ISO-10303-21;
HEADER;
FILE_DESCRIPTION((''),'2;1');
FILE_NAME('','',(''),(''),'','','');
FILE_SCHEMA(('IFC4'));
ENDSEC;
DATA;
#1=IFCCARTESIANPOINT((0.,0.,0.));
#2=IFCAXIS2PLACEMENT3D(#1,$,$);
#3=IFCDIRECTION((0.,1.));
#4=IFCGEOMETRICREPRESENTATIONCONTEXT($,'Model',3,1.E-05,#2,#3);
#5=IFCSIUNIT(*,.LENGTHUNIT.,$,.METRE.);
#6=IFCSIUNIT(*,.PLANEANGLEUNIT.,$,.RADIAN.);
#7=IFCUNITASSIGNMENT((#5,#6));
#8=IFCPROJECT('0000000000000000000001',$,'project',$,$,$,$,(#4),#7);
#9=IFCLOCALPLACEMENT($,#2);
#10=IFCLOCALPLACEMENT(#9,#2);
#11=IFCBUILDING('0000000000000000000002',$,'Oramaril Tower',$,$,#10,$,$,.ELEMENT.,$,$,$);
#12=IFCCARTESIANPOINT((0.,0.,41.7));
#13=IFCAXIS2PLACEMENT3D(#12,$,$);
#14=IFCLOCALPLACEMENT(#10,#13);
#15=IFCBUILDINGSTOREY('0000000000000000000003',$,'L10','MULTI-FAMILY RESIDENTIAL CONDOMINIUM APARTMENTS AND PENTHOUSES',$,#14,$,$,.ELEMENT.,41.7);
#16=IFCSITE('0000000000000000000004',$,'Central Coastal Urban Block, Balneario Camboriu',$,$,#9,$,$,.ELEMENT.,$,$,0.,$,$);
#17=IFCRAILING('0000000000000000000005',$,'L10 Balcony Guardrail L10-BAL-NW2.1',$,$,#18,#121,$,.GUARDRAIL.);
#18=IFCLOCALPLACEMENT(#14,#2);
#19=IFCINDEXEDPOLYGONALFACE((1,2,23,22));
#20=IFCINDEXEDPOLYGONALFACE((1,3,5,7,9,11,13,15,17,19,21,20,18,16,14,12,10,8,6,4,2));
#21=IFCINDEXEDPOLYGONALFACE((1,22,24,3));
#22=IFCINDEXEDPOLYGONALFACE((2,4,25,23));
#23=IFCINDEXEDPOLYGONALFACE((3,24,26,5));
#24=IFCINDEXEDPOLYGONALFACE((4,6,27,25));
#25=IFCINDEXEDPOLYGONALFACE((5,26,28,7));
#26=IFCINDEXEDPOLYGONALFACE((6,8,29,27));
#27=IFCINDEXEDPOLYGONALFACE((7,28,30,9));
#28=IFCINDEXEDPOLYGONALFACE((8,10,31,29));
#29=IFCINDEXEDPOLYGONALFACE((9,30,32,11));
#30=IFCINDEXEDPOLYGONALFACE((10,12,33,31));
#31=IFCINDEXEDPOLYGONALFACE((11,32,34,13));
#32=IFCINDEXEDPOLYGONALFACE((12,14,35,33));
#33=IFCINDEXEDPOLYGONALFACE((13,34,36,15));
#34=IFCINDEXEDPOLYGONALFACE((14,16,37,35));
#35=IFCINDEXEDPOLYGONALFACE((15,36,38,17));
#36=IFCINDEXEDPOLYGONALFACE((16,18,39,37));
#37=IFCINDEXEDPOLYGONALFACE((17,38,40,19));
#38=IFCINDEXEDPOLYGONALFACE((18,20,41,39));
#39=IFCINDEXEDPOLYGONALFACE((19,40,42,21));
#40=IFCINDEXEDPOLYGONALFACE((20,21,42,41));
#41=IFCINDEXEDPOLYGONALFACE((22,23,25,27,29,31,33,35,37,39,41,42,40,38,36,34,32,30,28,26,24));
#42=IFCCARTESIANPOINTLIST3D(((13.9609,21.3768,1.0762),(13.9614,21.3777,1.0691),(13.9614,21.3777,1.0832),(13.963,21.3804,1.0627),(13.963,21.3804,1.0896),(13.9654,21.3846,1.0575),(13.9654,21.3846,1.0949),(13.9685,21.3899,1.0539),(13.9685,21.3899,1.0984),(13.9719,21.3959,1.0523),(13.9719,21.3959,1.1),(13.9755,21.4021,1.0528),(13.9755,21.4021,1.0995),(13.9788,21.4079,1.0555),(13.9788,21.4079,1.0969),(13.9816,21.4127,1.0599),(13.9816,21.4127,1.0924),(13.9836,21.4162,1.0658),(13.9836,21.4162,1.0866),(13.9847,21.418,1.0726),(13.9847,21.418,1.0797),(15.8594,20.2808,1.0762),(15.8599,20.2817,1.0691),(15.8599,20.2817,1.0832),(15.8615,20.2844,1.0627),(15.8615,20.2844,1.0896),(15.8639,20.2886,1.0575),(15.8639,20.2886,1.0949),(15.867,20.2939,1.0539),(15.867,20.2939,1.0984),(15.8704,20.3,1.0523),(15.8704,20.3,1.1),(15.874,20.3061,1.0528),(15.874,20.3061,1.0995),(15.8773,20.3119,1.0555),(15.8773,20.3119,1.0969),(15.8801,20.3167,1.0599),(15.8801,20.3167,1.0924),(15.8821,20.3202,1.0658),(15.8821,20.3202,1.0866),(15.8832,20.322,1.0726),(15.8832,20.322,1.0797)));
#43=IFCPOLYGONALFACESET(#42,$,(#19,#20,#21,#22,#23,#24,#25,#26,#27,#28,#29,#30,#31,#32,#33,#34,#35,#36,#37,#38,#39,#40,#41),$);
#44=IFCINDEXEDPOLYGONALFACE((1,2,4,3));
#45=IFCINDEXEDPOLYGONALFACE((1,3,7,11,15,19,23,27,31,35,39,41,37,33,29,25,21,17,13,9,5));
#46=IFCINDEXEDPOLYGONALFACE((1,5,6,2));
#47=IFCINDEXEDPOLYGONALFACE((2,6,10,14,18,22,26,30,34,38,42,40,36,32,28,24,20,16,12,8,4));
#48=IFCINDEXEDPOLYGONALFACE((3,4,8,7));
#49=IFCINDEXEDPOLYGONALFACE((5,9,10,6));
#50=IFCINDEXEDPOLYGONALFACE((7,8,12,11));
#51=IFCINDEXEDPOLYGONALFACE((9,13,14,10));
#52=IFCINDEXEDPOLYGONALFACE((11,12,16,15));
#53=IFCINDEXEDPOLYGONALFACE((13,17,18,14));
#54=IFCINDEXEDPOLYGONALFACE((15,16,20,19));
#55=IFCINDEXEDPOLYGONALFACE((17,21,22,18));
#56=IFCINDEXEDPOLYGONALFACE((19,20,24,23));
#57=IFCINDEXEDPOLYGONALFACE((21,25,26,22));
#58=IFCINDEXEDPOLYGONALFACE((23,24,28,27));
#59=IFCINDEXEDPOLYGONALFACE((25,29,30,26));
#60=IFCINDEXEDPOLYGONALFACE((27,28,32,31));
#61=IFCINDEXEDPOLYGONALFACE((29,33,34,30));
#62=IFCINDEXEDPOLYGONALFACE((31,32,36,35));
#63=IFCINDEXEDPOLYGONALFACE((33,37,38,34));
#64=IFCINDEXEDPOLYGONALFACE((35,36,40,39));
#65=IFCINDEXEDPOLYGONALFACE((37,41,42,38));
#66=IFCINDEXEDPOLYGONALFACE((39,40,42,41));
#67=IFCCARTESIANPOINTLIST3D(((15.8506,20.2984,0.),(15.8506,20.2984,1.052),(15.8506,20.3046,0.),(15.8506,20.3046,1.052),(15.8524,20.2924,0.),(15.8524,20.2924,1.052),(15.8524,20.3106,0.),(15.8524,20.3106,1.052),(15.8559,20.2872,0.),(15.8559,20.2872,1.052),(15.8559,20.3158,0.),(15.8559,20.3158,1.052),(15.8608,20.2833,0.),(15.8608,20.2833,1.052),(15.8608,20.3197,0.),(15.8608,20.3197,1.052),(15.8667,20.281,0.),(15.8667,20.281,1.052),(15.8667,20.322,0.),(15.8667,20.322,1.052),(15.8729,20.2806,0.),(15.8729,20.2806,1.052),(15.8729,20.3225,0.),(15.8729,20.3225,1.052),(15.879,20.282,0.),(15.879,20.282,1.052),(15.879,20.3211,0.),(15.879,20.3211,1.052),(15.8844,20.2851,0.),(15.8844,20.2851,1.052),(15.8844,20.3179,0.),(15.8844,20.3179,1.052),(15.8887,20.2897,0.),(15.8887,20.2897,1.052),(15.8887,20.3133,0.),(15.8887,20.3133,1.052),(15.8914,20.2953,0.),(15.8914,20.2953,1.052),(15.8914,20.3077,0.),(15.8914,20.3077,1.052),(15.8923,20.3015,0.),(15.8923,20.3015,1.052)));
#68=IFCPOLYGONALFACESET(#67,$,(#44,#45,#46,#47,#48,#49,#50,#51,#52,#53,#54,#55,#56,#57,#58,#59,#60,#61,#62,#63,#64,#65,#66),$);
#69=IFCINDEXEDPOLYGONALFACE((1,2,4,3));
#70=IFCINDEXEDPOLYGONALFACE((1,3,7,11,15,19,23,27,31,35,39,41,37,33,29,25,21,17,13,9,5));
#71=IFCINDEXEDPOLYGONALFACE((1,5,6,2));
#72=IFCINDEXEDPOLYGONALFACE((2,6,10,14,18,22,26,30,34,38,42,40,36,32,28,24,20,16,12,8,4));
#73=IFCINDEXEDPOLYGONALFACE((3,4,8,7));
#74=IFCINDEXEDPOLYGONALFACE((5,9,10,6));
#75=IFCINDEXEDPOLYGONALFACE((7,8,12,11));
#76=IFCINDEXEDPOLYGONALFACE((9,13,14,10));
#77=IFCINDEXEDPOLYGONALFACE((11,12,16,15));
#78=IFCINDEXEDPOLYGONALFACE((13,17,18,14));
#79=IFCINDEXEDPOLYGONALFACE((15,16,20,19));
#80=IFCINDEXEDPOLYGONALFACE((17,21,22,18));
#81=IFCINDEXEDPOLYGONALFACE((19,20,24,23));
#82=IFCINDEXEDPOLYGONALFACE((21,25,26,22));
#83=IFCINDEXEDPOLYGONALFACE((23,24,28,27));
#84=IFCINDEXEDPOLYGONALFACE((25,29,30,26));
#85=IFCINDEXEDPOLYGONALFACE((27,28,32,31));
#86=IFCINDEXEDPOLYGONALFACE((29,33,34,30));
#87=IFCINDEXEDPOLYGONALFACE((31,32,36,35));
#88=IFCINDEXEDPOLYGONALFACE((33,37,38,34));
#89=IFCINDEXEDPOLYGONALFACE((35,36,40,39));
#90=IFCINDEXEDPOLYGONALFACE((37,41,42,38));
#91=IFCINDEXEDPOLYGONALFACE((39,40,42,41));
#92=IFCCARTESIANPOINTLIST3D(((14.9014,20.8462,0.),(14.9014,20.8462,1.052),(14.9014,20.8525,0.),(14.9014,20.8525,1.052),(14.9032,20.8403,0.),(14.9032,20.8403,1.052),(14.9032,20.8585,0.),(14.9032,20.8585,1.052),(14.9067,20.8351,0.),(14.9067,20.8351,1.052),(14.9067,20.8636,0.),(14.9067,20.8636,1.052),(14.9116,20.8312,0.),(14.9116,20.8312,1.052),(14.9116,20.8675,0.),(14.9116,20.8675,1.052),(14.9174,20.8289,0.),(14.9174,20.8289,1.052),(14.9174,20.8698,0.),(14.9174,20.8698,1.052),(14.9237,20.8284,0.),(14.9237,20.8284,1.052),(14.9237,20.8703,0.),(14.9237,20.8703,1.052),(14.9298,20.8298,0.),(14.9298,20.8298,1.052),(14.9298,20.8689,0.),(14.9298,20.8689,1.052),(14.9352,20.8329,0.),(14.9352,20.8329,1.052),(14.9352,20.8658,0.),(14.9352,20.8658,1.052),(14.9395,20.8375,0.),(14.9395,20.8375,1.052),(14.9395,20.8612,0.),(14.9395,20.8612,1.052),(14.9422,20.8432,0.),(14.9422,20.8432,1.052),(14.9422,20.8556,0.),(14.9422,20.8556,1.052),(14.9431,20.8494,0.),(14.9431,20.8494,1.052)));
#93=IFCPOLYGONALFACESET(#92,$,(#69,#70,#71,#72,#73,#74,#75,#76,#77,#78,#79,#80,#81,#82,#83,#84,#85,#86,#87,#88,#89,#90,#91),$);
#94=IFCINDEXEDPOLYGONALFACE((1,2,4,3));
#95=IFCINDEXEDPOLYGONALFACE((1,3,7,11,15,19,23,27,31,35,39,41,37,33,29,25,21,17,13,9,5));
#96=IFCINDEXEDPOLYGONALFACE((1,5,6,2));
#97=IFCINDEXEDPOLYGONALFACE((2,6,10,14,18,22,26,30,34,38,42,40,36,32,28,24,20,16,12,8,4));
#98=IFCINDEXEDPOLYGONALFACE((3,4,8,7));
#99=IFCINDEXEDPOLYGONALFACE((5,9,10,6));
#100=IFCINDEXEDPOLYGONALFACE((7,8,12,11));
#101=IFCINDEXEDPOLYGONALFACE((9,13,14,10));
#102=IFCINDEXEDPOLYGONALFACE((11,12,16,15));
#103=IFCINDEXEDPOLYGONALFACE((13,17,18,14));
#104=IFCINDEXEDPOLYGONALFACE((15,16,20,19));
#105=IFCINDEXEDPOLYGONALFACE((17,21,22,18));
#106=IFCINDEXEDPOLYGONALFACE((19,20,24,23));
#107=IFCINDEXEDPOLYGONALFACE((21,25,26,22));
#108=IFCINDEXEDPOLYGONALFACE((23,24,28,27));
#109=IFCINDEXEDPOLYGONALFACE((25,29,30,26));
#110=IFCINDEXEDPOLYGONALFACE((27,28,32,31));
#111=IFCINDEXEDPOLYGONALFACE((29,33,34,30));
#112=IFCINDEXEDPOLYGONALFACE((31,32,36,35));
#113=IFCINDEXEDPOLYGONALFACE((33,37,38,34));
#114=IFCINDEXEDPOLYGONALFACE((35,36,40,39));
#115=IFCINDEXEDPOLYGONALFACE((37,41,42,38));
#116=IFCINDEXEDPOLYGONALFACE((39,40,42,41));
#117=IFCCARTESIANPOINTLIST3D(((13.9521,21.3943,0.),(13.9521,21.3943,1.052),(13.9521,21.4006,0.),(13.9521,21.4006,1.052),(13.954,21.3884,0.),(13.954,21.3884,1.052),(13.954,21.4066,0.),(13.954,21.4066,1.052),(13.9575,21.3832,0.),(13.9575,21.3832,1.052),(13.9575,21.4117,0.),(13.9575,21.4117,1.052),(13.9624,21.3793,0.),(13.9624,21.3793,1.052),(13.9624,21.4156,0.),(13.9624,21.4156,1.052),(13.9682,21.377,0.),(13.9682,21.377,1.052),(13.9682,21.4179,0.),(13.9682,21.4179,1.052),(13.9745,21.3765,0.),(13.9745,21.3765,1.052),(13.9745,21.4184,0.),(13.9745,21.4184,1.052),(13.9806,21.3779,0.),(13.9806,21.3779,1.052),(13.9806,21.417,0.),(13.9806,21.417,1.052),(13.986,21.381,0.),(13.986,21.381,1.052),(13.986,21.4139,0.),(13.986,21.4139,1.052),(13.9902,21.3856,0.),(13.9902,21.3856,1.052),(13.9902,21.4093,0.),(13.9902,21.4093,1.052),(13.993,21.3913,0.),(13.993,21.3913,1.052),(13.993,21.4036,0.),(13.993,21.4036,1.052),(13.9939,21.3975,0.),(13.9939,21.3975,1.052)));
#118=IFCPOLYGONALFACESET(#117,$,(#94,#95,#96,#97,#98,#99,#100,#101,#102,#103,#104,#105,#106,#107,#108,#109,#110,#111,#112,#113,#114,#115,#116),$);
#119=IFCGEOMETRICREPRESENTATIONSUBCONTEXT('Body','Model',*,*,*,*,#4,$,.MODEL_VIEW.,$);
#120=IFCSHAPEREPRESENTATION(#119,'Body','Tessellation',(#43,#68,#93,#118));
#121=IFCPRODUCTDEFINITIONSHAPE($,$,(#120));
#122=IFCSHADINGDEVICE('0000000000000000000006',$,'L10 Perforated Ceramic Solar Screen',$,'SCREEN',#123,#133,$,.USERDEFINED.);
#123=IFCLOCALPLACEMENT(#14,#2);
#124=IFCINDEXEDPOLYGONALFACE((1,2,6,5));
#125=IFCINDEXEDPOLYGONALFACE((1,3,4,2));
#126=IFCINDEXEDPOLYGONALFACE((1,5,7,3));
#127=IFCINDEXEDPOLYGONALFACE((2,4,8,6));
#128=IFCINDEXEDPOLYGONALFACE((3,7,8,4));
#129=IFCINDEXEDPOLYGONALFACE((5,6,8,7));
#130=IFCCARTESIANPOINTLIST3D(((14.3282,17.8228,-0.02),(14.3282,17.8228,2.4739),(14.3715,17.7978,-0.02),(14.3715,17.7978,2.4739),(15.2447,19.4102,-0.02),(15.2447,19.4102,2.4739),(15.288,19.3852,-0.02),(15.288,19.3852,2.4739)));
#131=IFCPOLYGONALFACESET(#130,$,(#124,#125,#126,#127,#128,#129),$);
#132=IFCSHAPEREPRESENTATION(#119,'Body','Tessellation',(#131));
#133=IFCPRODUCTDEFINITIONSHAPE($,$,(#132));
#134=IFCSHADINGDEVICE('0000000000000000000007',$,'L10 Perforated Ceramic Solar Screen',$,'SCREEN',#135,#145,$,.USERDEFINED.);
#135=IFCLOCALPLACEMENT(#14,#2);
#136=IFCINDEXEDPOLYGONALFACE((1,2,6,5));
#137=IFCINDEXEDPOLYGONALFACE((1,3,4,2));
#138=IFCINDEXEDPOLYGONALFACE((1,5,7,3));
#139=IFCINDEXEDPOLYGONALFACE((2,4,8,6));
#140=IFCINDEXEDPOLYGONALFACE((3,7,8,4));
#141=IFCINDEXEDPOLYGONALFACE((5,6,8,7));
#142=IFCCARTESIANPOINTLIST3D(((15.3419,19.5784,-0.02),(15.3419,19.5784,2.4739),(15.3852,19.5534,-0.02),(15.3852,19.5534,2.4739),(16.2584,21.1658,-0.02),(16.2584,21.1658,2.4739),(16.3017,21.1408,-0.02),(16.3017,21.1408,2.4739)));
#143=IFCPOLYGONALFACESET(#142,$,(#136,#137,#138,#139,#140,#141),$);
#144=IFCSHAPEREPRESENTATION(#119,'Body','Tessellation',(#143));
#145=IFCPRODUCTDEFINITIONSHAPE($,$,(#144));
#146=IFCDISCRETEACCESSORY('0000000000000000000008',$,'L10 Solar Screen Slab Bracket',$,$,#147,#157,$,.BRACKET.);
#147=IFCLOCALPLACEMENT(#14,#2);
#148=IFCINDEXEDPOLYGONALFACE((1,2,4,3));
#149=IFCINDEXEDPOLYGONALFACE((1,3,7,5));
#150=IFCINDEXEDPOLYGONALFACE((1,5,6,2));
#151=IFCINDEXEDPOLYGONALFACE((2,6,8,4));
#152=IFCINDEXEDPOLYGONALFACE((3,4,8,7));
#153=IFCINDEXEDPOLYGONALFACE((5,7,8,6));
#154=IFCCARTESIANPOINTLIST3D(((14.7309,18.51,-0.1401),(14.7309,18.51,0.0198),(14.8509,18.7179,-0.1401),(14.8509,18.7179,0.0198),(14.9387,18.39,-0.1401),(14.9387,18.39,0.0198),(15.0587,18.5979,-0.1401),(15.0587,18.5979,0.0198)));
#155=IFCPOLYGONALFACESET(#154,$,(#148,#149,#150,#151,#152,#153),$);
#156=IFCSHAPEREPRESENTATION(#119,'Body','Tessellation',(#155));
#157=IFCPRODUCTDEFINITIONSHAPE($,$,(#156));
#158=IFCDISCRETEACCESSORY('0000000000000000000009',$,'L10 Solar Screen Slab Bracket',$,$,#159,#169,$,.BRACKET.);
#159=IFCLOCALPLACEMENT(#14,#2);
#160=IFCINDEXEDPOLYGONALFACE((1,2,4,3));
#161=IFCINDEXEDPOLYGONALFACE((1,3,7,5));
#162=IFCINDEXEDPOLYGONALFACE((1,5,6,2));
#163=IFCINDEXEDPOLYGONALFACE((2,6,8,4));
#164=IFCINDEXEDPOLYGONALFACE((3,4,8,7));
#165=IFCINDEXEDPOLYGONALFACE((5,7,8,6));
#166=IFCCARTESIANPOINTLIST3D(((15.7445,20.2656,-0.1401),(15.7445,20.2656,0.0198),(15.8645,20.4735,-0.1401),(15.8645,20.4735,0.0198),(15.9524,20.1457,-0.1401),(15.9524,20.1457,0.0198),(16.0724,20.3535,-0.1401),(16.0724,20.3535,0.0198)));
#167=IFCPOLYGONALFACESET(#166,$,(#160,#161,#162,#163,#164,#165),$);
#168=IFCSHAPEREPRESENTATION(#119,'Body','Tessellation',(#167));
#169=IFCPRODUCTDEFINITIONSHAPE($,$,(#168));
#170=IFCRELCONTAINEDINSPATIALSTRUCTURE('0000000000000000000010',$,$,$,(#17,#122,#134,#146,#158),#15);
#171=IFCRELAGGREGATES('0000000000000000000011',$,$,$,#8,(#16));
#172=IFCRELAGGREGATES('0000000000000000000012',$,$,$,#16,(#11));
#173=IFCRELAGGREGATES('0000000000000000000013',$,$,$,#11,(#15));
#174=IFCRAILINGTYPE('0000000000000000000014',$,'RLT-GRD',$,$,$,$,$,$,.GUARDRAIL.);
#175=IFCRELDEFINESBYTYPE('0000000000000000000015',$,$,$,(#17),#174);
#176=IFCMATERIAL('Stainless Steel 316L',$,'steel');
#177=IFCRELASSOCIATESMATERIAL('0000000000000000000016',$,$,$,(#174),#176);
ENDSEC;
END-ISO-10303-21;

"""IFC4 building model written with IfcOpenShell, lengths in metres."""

from ifc_helpers import new_model, si_unit, direction, frame, origin, origin_2d, place, context, subcontext, project, spatial, rectangle, circle, extrude, material, type_object, element, save


model = new_model("IFC4")

# Units and contexts
model_context = context("Model", 3, precision=1e-05, world=origin(), true_north=direction((0.0, 1.0)))
body_context = subcontext(model_context, "Body", "Model", "MODEL_VIEW")
ifc_project = project(units=[si_unit("LENGTHUNIT", "METRE"), si_unit("PLANEANGLEUNIT", "RADIAN")], contexts=[model_context])

# Site, building, storey
site_placement = place(None, origin())
site = spatial("IfcSite", under=ifc_project, at=site_placement, Name="Central Coastal Urban Block, Balneario Camboriu", CompositionType="ELEMENT", RefElevation=0.0)
building_placement = place(site_placement, origin())
building = spatial("IfcBuilding", under=site, at=building_placement, Name="Oramaril Tower", CompositionType="ELEMENT")
storey_placement = place(building_placement, frame((0.0, 0.0, 41.7)))
storey = spatial("IfcBuildingStorey", under=building, at=storey_placement, Name="L10", Description="MULTI-FAMILY RESIDENTIAL CONDOMINIUM APARTMENTS AND PENTHOUSES", CompositionType="ELEMENT", Elevation=41.7)

# Railing
ifc_material_1 = material(Name="Stainless Steel 316L", Category="steel")
railing_type = type_object("IfcRailingType", Name="RLT-GRD", PredefinedType="GUARDRAIL", material=ifc_material_1)
railing_1_placement = place(storey_placement, frame((15.8713, 20.3015, 0.0)))
element("IfcRailing", 1, at=railing_1_placement, inside=storey, type_object=railing_type, Name="L10 Balcony Guardrail L10-BAL-NW2.1", PredefinedType="GUARDRAIL", context=body_context, shape_type="SweptSolid", body=[
    extrude(circle(Radius=0.0239, at=origin_2d()), frame((0.0, 0.0, 1.0762), z_axis=(-0.866048, 0.49996, 0.0), x_axis=(-0.49996, -0.866048, 0.0)), (0.0, 0.0, 1.0), 2.1921),
    extrude(circle(Radius=0.021, at=origin_2d()), origin(), (0.0, 0.0, 1.0), 1.052),
    extrude(circle(Radius=0.021, at=origin_2d()), frame((-0.9492, 0.5479, 0.0)), (0.0, 0.0, 1.0), 1.052),
    extrude(circle(Radius=0.021, at=origin_2d()), frame((-1.8984, 1.0959, 0.0)), (0.0, 0.0, 1.0), 1.052),
])

# Shading devices
for number, where, z_axis, x_axis, name in (
    (2, (14.8081, 18.604, -0.02), (0.0, 0.0, 1.0), (-0.5, -0.866025, 0.0), "L10 Perforated Ceramic Solar Screen"),
    (3, (15.8218, 20.3596, -0.02), (0.0, 0.0, 1.0), (-0.5, -0.866025, 0.0), "L10 Perforated Ceramic Solar Screen"),
):
    element("IfcShadingDevice", number, at=place(storey_placement, frame(where, z_axis=z_axis, x_axis=x_axis)), inside=storey, Name=name, ObjectType="SCREEN", PredefinedType="USERDEFINED", context=body_context, shape_type="SweptSolid", body=[
        extrude(rectangle(XDim=1.833, YDim=0.05, at=origin_2d()), origin(), (0.0, 0.0, 1.0), 2.4939),
    ])

# Discrete accessories
for number, where, z_axis, x_axis, name in (
    (4, (14.8948, 18.554, -0.1401), (0.0, 0.0, 1.0), (-0.5, -0.866025, 0.0), "L10 Solar Screen Slab Bracket"),
    (5, (15.9084, 20.3096, -0.1401), (0.0, 0.0, 1.0), (-0.5, -0.866025, 0.0), "L10 Solar Screen Slab Bracket"),
):
    element("IfcDiscreteAccessory", number, at=place(storey_placement, frame(where, z_axis=z_axis, x_axis=x_axis)), inside=storey, Name=name, PredefinedType="BRACKET", context=body_context, shape_type="SweptSolid", body=[
        extrude(rectangle(XDim=0.24, YDim=0.24, at=origin_2d()), origin(), (0.0, 0.0, 1.0), 0.1599),
    ])

save(model, "model.ifc")
